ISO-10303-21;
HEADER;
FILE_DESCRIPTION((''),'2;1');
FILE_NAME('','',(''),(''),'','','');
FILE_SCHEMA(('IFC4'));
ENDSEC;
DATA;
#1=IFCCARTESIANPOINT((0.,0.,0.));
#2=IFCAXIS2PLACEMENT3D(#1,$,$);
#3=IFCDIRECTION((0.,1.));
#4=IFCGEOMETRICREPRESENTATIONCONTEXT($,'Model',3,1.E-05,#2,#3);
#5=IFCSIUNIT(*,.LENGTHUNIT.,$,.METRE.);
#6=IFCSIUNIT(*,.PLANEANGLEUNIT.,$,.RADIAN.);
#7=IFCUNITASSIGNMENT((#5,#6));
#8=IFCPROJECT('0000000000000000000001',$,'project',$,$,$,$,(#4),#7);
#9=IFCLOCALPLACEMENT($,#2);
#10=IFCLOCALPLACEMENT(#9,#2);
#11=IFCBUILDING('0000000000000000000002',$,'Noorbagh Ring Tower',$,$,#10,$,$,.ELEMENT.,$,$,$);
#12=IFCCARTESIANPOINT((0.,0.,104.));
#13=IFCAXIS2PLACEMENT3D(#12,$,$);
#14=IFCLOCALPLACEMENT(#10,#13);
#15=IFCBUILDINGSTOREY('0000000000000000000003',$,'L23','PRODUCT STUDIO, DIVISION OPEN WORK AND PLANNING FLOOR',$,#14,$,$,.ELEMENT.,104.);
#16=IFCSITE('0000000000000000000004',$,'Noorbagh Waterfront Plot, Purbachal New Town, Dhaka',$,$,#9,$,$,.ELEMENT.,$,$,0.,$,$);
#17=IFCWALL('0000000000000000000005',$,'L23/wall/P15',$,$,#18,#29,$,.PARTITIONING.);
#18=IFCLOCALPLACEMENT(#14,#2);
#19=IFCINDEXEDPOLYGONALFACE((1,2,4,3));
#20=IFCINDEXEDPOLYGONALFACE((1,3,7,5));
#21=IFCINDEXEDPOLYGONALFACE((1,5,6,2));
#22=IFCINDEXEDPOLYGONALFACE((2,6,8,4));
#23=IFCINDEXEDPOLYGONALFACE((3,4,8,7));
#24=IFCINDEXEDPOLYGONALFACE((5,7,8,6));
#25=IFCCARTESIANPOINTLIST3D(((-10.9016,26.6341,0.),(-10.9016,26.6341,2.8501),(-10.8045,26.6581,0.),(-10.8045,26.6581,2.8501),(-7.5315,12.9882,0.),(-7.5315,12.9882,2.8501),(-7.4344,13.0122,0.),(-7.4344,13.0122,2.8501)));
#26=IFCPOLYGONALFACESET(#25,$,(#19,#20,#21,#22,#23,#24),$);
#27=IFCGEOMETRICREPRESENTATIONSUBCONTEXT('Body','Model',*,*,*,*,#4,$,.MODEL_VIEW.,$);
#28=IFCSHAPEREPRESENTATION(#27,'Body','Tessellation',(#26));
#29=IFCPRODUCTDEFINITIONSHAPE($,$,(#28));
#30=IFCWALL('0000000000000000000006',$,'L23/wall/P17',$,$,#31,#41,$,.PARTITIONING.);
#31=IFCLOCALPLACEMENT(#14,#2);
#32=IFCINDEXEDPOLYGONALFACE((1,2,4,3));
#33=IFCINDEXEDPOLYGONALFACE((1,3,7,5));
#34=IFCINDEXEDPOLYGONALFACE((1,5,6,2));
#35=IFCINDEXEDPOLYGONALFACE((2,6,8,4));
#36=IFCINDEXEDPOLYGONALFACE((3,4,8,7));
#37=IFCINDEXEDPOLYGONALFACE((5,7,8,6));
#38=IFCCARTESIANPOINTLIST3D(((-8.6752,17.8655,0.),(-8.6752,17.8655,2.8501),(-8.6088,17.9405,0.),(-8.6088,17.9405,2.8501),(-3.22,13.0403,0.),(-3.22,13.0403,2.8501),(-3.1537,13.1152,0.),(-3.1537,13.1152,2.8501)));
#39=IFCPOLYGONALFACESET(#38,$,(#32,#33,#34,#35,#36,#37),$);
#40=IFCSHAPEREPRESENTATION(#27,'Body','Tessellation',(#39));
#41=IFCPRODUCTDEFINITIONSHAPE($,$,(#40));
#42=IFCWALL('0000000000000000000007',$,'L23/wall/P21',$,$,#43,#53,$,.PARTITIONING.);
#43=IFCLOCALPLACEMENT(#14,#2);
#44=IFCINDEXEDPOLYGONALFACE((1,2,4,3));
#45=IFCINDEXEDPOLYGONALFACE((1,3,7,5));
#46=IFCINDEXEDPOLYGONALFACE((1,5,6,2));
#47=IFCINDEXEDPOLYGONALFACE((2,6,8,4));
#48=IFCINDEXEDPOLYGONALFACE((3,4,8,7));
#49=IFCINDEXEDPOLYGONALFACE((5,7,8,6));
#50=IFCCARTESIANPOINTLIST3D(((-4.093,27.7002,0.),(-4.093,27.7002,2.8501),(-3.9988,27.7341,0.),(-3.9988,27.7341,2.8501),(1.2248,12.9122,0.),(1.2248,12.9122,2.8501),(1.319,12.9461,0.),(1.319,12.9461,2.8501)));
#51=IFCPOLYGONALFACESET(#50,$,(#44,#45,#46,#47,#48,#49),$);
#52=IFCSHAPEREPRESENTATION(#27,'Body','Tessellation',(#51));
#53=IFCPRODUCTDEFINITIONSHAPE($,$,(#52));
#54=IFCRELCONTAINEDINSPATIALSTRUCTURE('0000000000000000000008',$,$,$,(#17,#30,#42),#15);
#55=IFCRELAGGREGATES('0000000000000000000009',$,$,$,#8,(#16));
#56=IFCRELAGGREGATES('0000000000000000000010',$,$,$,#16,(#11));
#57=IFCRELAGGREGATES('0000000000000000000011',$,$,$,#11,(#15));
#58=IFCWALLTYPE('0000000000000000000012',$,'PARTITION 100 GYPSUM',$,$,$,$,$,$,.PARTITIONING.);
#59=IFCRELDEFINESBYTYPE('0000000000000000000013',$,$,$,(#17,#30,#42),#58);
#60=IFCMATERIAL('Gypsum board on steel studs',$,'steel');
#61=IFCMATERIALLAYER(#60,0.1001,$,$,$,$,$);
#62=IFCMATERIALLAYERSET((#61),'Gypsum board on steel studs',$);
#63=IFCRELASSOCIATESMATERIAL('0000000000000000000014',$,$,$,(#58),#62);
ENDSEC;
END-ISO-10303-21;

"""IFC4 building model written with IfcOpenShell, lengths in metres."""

from ifc_helpers import new_model, si_unit, direction, frame, frame_2d, origin, place, context, subcontext, project, spatial, rectangle, extrude, material, layer, layer_set, type_object, element, save


model = new_model("IFC4")

# Units and contexts
model_context = context("Model", 3, precision=1e-05, world=origin(), true_north=direction((0.0, 1.0)))
body_context = subcontext(model_context, "Body", "Model", "MODEL_VIEW")
ifc_project = project(units=[si_unit("LENGTHUNIT", "METRE"), si_unit("PLANEANGLEUNIT", "RADIAN")], contexts=[model_context])

# Site, building, storey
site_placement = place(None, origin())
site = spatial("IfcSite", under=ifc_project, at=site_placement, Name="Noorbagh Waterfront Plot, Purbachal New Town, Dhaka", CompositionType="ELEMENT", RefElevation=0.0)
building_placement = place(site_placement, origin())
building = spatial("IfcBuilding", under=site, at=building_placement, Name="Noorbagh Ring Tower", CompositionType="ELEMENT")
storey_placement = place(building_placement, frame((0.0, 0.0, 104.0)))
storey = spatial("IfcBuildingStorey", under=building, at=storey_placement, Name="L23", Description="PRODUCT STUDIO, DIVISION OPEN WORK AND PLANNING FLOOR", CompositionType="ELEMENT", Elevation=104.0)

# Walls
ifc_material_1 = material(Name="Gypsum board on steel studs", Category="steel")
ifc_layer_1 = layer(ifc_material_1, 0.1001)
ifc_layer_set_1 = layer_set([ifc_layer_1], Name="Gypsum board on steel studs")
wall_type_1 = type_object("IfcWallType", Name="PARTITION 100 GYPSUM", PredefinedType="PARTITIONING", material=ifc_layer_set_1)
wall_1_placement = place(storey_placement, frame((-10.853, 26.646, 0.0), z_axis=(0.0, 0.0, 1.0), x_axis=(0.239764, -0.970831, 0.0)))
element("IfcWall", 1, at=wall_1_placement, inside=storey, type_object=wall_type_1, Name="L23/wall/P15", PredefinedType="PARTITIONING", context=body_context, shape_type="SweptSolid", body=[
    extrude(rectangle(XDim=14.0559, YDim=0.1001, at=frame_2d((7.0278, 0.0))), origin(), (0.0, 0.0, 1.0), 2.8501),
])
wall_2_placement = place(storey_placement, frame((-8.6421, 17.9031, 0.0), z_axis=(0.0, 0.0, 1.0), x_axis=(0.749027, -0.662539, 0.0)))
element("IfcWall", 2, at=wall_2_placement, inside=storey, type_object=wall_type_1, Name="L23/wall/P17", PredefinedType="PARTITIONING", context=body_context, shape_type="SweptSolid", body=[
    extrude(rectangle(XDim=7.283, YDim=0.1001, at=frame_2d((3.6416, 0.0))), origin(), (0.0, 0.0, 1.0), 2.8501),
])
wall_3_placement = place(storey_placement, frame((-4.0459, 27.717, 0.0), z_axis=(0.0, 0.0, 1.0), x_axis=(0.33839, -0.941006, 0.0)))
element("IfcWall", 3, at=wall_3_placement, inside=storey, type_object=wall_type_1, Name="L23/wall/P21", PredefinedType="PARTITIONING", context=body_context, shape_type="SweptSolid", body=[
    extrude(rectangle(XDim=15.7151, YDim=0.1001, at=frame_2d((7.8574, 0.0))), origin(), (0.0, 0.0, 1.0), 2.8501),
])

save(model, "model.ifc")
